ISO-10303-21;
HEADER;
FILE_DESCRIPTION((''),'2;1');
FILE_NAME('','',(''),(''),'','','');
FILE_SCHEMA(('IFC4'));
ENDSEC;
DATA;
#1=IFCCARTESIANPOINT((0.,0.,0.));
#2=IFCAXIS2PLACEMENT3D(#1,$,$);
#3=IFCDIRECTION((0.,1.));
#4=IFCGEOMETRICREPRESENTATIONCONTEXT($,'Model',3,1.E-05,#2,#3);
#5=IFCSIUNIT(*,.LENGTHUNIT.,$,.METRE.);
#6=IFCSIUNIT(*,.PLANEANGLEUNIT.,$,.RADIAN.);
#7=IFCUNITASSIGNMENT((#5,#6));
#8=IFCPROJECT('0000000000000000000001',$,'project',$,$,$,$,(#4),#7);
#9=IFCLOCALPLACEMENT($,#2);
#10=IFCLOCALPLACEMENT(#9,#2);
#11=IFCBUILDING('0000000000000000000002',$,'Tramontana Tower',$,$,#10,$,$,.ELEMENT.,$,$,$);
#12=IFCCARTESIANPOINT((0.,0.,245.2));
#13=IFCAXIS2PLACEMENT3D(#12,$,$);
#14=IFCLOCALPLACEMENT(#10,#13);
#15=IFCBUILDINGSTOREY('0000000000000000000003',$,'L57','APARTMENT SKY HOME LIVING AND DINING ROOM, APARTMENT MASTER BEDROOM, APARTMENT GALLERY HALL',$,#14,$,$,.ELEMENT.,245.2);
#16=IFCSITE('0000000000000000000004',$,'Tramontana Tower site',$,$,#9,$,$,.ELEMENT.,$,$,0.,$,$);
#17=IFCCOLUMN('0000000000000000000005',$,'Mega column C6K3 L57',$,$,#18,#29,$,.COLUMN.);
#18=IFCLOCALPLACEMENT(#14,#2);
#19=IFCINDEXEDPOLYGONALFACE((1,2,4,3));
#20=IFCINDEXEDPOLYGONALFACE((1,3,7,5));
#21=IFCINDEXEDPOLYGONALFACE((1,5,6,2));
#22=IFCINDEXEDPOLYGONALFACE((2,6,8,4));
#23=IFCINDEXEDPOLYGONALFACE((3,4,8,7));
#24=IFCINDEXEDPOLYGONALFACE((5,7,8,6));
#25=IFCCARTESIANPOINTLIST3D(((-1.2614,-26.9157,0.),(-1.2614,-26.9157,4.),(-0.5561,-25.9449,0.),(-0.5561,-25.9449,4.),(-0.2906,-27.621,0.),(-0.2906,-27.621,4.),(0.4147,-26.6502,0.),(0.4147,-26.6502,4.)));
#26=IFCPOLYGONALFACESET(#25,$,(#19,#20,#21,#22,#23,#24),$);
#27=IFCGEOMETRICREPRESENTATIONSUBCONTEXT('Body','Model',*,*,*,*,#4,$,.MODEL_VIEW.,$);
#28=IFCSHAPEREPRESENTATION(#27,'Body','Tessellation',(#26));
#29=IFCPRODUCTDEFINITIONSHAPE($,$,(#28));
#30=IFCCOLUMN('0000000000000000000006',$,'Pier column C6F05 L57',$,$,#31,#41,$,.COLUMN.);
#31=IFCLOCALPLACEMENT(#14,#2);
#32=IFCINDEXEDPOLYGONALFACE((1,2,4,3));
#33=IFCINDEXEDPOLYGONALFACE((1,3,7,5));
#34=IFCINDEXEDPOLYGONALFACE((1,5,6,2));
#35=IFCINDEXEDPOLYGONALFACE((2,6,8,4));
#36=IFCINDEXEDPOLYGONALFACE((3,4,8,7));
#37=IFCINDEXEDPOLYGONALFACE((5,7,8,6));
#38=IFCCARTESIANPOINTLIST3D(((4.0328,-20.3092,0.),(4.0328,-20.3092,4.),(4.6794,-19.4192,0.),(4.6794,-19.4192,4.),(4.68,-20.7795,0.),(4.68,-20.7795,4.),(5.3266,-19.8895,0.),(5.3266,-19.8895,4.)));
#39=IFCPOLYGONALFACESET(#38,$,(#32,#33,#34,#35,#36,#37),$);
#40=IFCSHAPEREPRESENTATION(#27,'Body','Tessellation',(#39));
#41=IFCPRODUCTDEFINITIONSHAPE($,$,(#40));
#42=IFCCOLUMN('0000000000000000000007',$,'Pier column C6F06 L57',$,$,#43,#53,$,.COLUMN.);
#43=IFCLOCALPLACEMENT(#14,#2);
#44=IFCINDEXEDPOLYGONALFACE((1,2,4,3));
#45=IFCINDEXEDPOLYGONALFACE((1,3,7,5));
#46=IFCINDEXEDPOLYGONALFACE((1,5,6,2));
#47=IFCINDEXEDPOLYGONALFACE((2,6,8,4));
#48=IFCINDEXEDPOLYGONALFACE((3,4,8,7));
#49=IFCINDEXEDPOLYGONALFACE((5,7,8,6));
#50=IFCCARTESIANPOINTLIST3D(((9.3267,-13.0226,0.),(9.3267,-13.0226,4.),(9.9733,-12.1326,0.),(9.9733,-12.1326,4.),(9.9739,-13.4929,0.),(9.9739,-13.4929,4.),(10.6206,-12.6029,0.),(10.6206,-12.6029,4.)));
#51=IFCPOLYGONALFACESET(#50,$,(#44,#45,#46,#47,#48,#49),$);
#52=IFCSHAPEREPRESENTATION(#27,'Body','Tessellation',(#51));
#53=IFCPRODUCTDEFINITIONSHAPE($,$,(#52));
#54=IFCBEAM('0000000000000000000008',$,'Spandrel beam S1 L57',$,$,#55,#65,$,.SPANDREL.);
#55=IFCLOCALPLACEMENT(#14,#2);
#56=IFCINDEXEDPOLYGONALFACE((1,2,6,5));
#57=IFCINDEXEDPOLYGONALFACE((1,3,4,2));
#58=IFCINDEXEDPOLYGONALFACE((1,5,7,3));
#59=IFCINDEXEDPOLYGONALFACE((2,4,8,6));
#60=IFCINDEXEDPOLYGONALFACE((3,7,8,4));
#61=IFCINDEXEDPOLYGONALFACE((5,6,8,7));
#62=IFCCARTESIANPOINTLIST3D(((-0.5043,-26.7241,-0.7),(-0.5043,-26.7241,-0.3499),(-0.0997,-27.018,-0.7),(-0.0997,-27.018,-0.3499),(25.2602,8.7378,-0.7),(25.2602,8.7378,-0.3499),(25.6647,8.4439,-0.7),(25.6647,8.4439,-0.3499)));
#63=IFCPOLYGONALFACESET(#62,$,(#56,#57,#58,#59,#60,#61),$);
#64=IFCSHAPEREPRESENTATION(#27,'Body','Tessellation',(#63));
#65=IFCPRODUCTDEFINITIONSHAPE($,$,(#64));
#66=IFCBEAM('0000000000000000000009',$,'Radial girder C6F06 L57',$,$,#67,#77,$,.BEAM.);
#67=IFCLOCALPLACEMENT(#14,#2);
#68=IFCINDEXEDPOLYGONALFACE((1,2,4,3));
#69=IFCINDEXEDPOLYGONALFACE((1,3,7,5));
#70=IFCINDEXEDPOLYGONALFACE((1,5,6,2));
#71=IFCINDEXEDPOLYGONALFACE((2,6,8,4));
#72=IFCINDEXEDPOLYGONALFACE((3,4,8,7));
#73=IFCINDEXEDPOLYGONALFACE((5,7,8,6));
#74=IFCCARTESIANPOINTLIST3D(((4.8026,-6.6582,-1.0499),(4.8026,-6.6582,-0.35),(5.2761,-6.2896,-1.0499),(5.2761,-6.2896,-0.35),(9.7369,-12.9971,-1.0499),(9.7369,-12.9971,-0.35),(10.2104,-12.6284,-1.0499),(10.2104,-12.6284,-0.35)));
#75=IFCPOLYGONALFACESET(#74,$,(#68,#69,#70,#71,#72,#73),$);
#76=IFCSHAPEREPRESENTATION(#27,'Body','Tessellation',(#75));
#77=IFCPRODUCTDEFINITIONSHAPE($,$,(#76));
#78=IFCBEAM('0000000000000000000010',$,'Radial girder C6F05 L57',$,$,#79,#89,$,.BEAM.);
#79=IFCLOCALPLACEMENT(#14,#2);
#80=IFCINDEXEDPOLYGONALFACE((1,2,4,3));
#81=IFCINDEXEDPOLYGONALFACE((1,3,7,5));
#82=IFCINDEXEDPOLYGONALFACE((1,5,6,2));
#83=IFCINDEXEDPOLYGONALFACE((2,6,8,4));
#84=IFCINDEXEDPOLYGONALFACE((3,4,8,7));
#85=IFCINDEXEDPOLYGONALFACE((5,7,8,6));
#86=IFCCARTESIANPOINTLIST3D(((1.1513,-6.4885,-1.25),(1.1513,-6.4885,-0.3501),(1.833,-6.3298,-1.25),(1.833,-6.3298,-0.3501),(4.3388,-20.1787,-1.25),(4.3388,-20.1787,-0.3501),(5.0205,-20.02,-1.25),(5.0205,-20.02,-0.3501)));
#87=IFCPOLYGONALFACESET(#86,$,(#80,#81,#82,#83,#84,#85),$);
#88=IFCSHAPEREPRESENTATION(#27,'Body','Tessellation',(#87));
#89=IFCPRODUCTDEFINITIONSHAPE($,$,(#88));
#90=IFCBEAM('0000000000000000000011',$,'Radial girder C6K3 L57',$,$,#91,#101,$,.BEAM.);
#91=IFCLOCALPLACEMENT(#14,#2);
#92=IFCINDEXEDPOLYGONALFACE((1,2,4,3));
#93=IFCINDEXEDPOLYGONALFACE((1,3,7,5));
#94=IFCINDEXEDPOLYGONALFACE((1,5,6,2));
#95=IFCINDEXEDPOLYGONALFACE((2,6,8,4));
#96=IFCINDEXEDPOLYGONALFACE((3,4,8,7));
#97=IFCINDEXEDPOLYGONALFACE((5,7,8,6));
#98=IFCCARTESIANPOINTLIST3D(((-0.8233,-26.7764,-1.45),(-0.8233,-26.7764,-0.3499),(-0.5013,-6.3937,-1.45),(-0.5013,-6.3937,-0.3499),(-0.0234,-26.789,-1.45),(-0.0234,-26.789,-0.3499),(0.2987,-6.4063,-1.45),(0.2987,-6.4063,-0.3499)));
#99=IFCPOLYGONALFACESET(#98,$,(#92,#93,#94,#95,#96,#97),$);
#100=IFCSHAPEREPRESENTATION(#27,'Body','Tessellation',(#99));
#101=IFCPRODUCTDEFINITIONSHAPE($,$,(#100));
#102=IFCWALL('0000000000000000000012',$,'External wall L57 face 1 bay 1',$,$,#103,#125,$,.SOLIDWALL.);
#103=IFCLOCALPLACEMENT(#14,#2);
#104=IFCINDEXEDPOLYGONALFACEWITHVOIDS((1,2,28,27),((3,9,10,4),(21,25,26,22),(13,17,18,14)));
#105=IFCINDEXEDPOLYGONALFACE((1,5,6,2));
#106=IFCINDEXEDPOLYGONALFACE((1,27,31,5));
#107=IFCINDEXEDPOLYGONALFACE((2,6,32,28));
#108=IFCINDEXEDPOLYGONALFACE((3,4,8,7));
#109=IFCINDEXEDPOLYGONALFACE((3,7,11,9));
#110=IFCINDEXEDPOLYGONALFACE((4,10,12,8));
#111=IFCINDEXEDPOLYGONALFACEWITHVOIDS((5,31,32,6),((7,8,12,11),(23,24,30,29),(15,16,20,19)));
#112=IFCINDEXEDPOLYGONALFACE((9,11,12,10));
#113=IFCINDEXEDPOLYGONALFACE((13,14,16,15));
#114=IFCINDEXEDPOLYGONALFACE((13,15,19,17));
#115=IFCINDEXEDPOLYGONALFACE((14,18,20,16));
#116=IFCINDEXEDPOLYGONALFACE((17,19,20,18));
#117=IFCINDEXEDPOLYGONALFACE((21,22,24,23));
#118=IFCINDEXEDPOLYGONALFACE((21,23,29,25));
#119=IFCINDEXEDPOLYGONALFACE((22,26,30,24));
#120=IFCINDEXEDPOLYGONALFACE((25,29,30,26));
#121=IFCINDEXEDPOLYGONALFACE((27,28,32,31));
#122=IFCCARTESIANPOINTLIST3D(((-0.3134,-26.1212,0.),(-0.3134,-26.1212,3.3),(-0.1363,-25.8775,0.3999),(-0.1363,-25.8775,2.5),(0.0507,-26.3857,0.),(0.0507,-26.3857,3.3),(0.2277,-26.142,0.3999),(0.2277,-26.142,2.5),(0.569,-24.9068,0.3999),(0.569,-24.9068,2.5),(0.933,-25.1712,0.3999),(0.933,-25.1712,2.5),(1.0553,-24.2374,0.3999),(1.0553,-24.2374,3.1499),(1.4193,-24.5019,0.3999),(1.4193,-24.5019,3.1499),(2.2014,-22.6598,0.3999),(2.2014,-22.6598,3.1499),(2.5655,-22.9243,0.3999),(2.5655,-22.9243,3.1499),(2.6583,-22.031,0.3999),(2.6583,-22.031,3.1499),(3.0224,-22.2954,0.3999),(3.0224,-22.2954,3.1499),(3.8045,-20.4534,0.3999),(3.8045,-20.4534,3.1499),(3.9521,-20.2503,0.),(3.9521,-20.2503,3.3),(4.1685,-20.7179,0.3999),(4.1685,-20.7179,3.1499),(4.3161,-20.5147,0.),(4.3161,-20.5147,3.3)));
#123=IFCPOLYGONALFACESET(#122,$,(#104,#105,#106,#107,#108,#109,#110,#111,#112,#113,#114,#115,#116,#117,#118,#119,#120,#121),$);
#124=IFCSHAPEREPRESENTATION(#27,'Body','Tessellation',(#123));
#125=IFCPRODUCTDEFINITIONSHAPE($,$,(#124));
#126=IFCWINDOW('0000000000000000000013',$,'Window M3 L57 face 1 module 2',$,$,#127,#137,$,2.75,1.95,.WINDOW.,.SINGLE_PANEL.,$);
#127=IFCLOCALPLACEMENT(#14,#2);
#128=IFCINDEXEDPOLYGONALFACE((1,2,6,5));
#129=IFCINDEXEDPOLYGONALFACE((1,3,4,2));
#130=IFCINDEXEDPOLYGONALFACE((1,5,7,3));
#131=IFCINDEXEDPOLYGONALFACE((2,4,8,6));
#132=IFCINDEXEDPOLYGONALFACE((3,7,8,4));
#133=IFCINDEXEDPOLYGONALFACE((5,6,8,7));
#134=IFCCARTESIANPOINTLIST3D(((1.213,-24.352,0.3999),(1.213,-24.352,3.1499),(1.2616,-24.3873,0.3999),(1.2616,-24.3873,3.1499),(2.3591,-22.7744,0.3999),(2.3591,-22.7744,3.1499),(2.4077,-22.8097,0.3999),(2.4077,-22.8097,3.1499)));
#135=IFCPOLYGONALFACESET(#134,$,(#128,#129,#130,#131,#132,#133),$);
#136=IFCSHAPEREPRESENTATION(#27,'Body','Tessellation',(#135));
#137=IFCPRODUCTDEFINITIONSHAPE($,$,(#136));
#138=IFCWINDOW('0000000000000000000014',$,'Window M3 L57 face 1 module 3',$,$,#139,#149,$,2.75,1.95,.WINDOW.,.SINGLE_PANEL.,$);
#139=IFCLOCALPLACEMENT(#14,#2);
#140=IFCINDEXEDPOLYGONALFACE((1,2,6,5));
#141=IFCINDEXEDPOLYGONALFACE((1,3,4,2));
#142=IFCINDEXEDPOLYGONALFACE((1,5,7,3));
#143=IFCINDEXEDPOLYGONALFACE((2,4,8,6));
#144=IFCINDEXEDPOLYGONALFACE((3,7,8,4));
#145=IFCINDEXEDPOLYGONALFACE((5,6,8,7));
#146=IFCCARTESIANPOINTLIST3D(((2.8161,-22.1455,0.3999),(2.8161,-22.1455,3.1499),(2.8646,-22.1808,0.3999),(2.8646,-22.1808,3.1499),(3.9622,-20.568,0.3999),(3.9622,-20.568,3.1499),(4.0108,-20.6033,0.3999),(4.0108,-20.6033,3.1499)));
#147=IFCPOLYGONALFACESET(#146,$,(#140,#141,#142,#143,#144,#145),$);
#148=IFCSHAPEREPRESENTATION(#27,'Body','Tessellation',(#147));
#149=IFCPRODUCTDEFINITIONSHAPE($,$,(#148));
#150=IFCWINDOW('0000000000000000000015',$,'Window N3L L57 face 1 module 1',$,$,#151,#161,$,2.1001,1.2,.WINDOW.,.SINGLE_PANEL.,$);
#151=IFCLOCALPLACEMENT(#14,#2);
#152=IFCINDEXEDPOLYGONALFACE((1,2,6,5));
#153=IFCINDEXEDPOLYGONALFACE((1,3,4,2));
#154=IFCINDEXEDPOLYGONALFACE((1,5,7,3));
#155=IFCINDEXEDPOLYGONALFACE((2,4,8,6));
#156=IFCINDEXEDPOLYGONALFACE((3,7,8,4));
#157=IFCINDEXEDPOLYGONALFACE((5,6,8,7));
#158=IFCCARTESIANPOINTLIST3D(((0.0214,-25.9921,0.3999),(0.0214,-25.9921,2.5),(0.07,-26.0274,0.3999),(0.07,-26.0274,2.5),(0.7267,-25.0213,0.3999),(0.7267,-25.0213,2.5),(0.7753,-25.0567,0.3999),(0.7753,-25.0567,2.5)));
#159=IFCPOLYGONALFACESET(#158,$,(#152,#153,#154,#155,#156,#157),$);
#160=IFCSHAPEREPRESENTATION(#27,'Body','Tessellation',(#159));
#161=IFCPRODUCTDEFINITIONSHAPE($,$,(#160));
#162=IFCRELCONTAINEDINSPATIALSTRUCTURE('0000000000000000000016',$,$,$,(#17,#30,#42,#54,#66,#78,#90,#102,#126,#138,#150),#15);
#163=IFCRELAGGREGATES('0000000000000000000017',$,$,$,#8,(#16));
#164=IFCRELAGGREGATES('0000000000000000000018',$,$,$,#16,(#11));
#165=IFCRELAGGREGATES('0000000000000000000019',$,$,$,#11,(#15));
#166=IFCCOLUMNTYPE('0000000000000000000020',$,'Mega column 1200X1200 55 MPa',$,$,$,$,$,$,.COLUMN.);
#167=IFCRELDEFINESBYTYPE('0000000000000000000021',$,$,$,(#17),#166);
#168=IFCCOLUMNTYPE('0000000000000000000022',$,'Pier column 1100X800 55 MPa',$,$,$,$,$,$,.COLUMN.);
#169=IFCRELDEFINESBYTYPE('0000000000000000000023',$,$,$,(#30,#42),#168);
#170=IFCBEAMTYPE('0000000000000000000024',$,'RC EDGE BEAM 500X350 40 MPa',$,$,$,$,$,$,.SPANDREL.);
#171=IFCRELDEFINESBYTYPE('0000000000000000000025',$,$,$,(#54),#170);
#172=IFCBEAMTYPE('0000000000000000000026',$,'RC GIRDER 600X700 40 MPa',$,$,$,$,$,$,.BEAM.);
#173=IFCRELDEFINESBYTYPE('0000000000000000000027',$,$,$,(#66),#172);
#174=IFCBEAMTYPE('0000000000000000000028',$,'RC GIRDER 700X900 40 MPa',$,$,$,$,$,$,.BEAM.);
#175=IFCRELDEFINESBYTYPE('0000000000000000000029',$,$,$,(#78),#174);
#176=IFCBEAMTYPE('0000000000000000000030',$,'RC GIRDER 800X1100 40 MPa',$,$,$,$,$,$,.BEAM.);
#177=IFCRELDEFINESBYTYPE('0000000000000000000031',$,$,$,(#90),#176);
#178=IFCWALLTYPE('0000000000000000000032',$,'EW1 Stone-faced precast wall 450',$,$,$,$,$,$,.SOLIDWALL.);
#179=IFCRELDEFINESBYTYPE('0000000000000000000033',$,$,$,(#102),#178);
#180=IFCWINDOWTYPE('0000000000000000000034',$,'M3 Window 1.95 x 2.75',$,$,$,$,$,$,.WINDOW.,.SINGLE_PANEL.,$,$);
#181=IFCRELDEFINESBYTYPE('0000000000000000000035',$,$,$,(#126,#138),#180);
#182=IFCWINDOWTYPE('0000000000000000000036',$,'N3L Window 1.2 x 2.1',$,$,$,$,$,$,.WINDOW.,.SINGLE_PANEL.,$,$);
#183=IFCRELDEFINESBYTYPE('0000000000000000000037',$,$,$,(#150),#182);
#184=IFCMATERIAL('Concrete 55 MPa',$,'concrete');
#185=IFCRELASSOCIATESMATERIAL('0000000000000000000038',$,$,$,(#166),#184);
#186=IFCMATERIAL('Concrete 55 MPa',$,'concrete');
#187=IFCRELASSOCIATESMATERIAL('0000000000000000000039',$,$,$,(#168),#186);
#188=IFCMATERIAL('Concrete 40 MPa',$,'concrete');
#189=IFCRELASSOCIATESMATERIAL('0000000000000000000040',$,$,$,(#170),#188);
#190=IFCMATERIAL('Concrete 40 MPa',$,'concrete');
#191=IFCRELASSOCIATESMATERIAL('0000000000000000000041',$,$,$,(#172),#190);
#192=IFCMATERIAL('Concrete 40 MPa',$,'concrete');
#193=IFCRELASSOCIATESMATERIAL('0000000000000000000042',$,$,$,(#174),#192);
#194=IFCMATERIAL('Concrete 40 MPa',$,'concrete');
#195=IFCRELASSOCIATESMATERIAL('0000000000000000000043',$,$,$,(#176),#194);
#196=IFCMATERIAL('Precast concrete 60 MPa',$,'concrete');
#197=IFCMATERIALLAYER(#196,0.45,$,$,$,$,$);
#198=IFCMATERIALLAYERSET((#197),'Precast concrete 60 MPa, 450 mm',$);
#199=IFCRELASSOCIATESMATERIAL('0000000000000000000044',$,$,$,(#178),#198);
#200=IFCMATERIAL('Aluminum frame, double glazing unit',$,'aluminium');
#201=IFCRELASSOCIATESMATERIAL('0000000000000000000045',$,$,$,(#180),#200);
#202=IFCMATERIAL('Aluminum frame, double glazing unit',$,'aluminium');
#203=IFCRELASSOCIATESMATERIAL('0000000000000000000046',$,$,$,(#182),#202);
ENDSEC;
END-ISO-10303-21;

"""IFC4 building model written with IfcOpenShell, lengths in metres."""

from ifc_helpers import new_model, si_unit, direction, frame, frame_2d, origin, origin_2d, place, context, subcontext, project, spatial, rectangle, extrude, material, layer, layer_set, material_profile, profile_set, type_object, element, fill, save


model = new_model("IFC4")

# Units and contexts
model_context = context("Model", 3, precision=1e-05, world=origin(), true_north=direction((0.0, 1.0)))
body_context = subcontext(model_context, "Body", "Model", "MODEL_VIEW")
ifc_project = project(units=[si_unit("LENGTHUNIT", "METRE"), si_unit("PLANEANGLEUNIT", "RADIAN")], contexts=[model_context])

# Site, building, storey
site_placement = place(None, origin())
site = spatial("IfcSite", under=ifc_project, at=site_placement, Name="Tramontana Tower site", CompositionType="ELEMENT", RefElevation=0.0)
building_placement = place(site_placement, origin())
building = spatial("IfcBuilding", under=site, at=building_placement, Name="Tramontana Tower", CompositionType="ELEMENT")
storey_placement = place(building_placement, frame((0.0, 0.0, 245.2)))
storey = spatial("IfcBuildingStorey", under=building, at=storey_placement, Name="L57", Description="APARTMENT SKY HOME LIVING AND DINING ROOM, APARTMENT MASTER BEDROOM, APARTMENT GALLERY HALL", CompositionType="ELEMENT", Elevation=245.2)

# Columns
ifc_material_1 = material(Name="Concrete 55 MPa", Category="concrete")
ifc_material_profile_1 = material_profile(ifc_material_1, rectangle(XDim=1.2, YDim=1.2, at=origin_2d()), Name="Mega column 1200X1200 55 MPa")
ifc_profile_set_1 = profile_set([ifc_material_profile_1], Name="Concrete 55 MPa")
column_type_1 = type_object("IfcColumnType", Name="Mega column 1200X1200 55 MPa", PredefinedType="COLUMN", material=ifc_profile_set_1)
column_placement = place(storey_placement, frame((-0.4233, -26.783, 0.0), z_axis=(0.0, 0.0, 1.0), x_axis=(0.587785, 0.809017, 0.0)))
element("IfcColumn", 1, at=column_placement, inside=storey, type_object=column_type_1, Name="Mega column C6K3 L57", PredefinedType="COLUMN", context=body_context, shape_type="SweptSolid", body=[
    extrude(rectangle(XDim=1.2, YDim=1.2, at=origin_2d()), origin(), (0.0, 0.0, 1.0), 4.0),
])
ifc_material_2 = material(Name="Concrete 55 MPa", Category="concrete")
ifc_material_profile_2 = material_profile(ifc_material_2, rectangle(XDim=1.1001, YDim=0.8, at=origin_2d()), Name="Pier column 1100X800 55 MPa")
ifc_profile_set_2 = profile_set([ifc_material_profile_2], Name="Concrete 55 MPa")
column_type_2 = type_object("IfcColumnType", Name="Pier column 1100X800 55 MPa", PredefinedType="COLUMN", material=ifc_profile_set_2)
for number, where, z_axis, x_axis, name in (
    (2, (4.6797, -20.0994, 0.0), (0.0, 0.0, 1.0), (0.587785, 0.809017, 0.0), "Pier column C6F05 L57"),
    (3, (9.9736, -12.8127, 0.0), (0.0, 0.0, 1.0), (0.587785, 0.809017, 0.0), "Pier column C6F06 L57"),
):
    element("IfcColumn", number, at=place(storey_placement, frame(where, z_axis=z_axis, x_axis=x_axis)), inside=storey, type_object=column_type_2, Name=name, PredefinedType="COLUMN", context=body_context, shape_type="SweptSolid", body=[
        extrude(rectangle(XDim=1.1001, YDim=0.8, at=origin_2d()), origin(), (0.0, 0.0, 1.0), 4.0),
    ])

# Beams
ifc_material_3 = material(Name="Concrete 40 MPa", Category="concrete")
ifc_material_profile_3 = material_profile(ifc_material_3, rectangle(XDim=0.5, YDim=0.3501, at=origin_2d()), Name="RC EDGE BEAM 500X350 40 MPa")
ifc_profile_set_3 = profile_set([ifc_material_profile_3], Name="Concrete 40 MPa")
beam_type_1 = type_object("IfcBeamType", Name="RC EDGE BEAM 500X350 40 MPa", PredefinedType="SPANDREL", material=ifc_profile_set_3)
beam_1_placement = place(storey_placement, frame((-0.302, -26.8711, -0.5249), z_axis=(0.587782, 0.809019, 0.0), x_axis=(-0.809019, 0.587782, 0.0)))
element("IfcBeam", 4, at=beam_1_placement, inside=storey, type_object=beam_type_1, Name="Spandrel beam S1 L57", PredefinedType="SPANDREL", context=body_context, shape_type="SweptSolid", body=[
    extrude(rectangle(XDim=0.5, YDim=0.3501, at=origin_2d()), origin(), (0.0, 0.0, 1.0), 43.8333),
])
ifc_material_4 = material(Name="Concrete 40 MPa", Category="concrete")
ifc_material_profile_4 = material_profile(ifc_material_4, rectangle(XDim=0.6001, YDim=0.7, at=origin_2d()), Name="RC GIRDER 600X700 40 MPa")
ifc_profile_set_4 = profile_set([ifc_material_profile_4], Name="Concrete 40 MPa")
beam_type_2 = type_object("IfcBeamType", Name="RC GIRDER 600X700 40 MPa", PredefinedType="BEAM", material=ifc_profile_set_4)
beam_2_placement = place(storey_placement, frame((9.9736, -12.8127, -0.7), z_axis=(-0.614258, 0.789105, 0.0), x_axis=(-0.789105, -0.614258, 0.0)))
element("IfcBeam", 5, at=beam_2_placement, inside=storey, type_object=beam_type_2, Name="Radial girder C6F06 L57", PredefinedType="BEAM", context=body_context, shape_type="SweptSolid", body=[
    extrude(rectangle(XDim=0.6001, YDim=0.7, at=origin_2d()), origin(), (0.0, 0.0, 1.0), 8.033),
])
ifc_material_5 = material(Name="Concrete 40 MPa", Category="concrete")
ifc_material_profile_5 = material_profile(ifc_material_5, rectangle(XDim=0.7, YDim=0.8999, at=origin_2d()), Name="RC GIRDER 700X900 40 MPa")
ifc_profile_set_5 = profile_set([ifc_material_profile_5], Name="Concrete 40 MPa")
beam_type_3 = type_object("IfcBeamType", Name="RC GIRDER 700X900 40 MPa", PredefinedType="BEAM", material=ifc_profile_set_5)
beam_3_placement = place(storey_placement, frame((4.6797, -20.0994, -0.8), z_axis=(-0.226766, 0.973949, 0.0), x_axis=(-0.973949, -0.226766, 0.0)))
element("IfcBeam", 6, at=beam_3_placement, inside=storey, type_object=beam_type_3, Name="Radial girder C6F05 L57", PredefinedType="BEAM", context=body_context, shape_type="SweptSolid", body=[
    extrude(rectangle(XDim=0.7, YDim=0.8999, at=origin_2d()), origin(), (0.0, 0.0, 1.0), 14.0564),
])
ifc_material_6 = material(Name="Concrete 40 MPa", Category="concrete")
ifc_material_profile_6 = material_profile(ifc_material_6, rectangle(XDim=0.8, YDim=1.1001, at=origin_2d()), Name="RC GIRDER 800X1100 40 MPa")
ifc_profile_set_6 = profile_set([ifc_material_profile_6], Name="Concrete 40 MPa")
beam_type_4 = type_object("IfcBeamType", Name="RC GIRDER 800X1100 40 MPa", PredefinedType="BEAM", material=ifc_profile_set_6)
beam_4_placement = place(storey_placement, frame((-0.4233, -26.7827, -0.8999), z_axis=(0.015797, 0.999875, 0.0), x_axis=(-0.999875, 0.015797, 0.0)))
element("IfcBeam", 7, at=beam_4_placement, inside=storey, type_object=beam_type_4, Name="Radial girder C6K3 L57", PredefinedType="BEAM", context=body_context, shape_type="SweptSolid", body=[
    extrude(rectangle(XDim=0.8, YDim=1.1001, at=origin_2d()), origin(), (0.0, 0.0, 1.0), 20.3853),
])

# Wall, openings, windows
ifc_material_7 = material(Name="Precast concrete 60 MPa", Category="concrete")
ifc_layer_1 = layer(ifc_material_7, 0.45)
ifc_layer_set_1 = layer_set([ifc_layer_1], Name="Precast concrete 60 MPa, 450 mm")
wall_type_1 = type_object("IfcWallType", Name="EW1 Stone-faced precast wall 450", PredefinedType="SOLIDWALL", material=ifc_layer_set_1)
wall_1_placement = place(storey_placement, frame((-0.1313, -26.2534, 0.0), z_axis=(0.0, 0.0, 1.0), x_axis=(0.587782, 0.80902, 0.0)))
wall_1 = element("IfcWall", 8, at=wall_1_placement, inside=storey, type_object=wall_type_1, Name="External wall L57 face 1 bay 1", PredefinedType="SOLIDWALL", context=body_context, shape_type="SweptSolid", body=[
    extrude(rectangle(XDim=7.2568, YDim=0.45, at=frame_2d((3.6284, 0.0))), origin(), (0.0, 0.0, 1.0), 3.3),
])
opening_1_placement = place(wall_1_placement, frame((0.301, 0.0, 0.3999)))
opening_1 = element("IfcOpeningElement", 9, at=opening_1_placement, cuts=wall_1, PredefinedType="OPENING", context=body_context, shape_type="SweptSolid", body=[
    extrude(rectangle(XDim=1.2, YDim=2.1001, at=frame_2d((0.6001, 1.05))), frame((0.0, 0.2349, 0.0), z_axis=(0.0, -1.0, 0.0), x_axis=(1.0, 0.0, 0.0)), (0.0, 0.0, 1.0), 0.47),
])
opening_2_placement = place(wall_1_placement, frame((2.3284, 0.0, 0.3999)))
opening_2 = element("IfcOpeningElement", 10, at=opening_2_placement, cuts=wall_1, PredefinedType="OPENING", context=body_context, shape_type="SweptSolid", body=[
    extrude(rectangle(XDim=1.95, YDim=2.75, at=frame_2d((0.9751, 1.375))), frame((0.0, 0.2349, 0.0), z_axis=(0.0, -1.0, 0.0), x_axis=(1.0, 0.0, 0.0)), (0.0, 0.0, 1.0), 0.47),
])
opening_3_placement = place(wall_1_placement, frame((5.0557, 0.0, 0.3999)))
opening_3 = element("IfcOpeningElement", 11, at=opening_3_placement, cuts=wall_1, PredefinedType="OPENING", context=body_context, shape_type="SweptSolid", body=[
    extrude(rectangle(XDim=1.95, YDim=2.75, at=frame_2d((0.9751, 1.375))), frame((0.0, 0.2349, 0.0), z_axis=(0.0, -1.0, 0.0), x_axis=(1.0, 0.0, 0.0)), (0.0, 0.0, 1.0), 0.47),
])
ifc_material_8 = material(Name="Aluminum frame, double glazing unit", Category="aluminium")
window_type_1 = type_object("IfcWindowType", Name="M3 Window 1.95 x 2.75", PartitioningType="SINGLE_PANEL", PredefinedType="WINDOW", material=ifc_material_8)
window_1_placement = place(opening_2_placement, origin())
window_1 = element("IfcWindow", 12, at=window_1_placement, inside=storey, type_object=window_type_1, Name="Window M3 L57 face 1 module 2", OverallHeight=2.75, OverallWidth=1.95, PartitioningType="SINGLE_PANEL", PredefinedType="WINDOW", context=body_context, shape_type="SweptSolid", body=[
    extrude(rectangle(XDim=1.95, YDim=2.75, at=frame_2d((0.9751, 1.375))), frame((0.0, 0.03, 0.0), z_axis=(0.0, -1.0, 0.0), x_axis=(1.0, 0.0, 0.0)), (0.0, 0.0, 1.0), 0.0601),
])
fill(opening_2, window_1)
window_2_placement = place(opening_3_placement, origin())
window_2 = element("IfcWindow", 13, at=window_2_placement, inside=storey, type_object=window_type_1, Name="Window M3 L57 face 1 module 3", OverallHeight=2.75, OverallWidth=1.95, PartitioningType="SINGLE_PANEL", PredefinedType="WINDOW", context=body_context, shape_type="SweptSolid", body=[
    extrude(rectangle(XDim=1.95, YDim=2.75, at=frame_2d((0.9751, 1.375))), frame((0.0, 0.03, 0.0), z_axis=(0.0, -1.0, 0.0), x_axis=(1.0, 0.0, 0.0)), (0.0, 0.0, 1.0), 0.0601),
])
fill(opening_3, window_2)
ifc_material_9 = material(Name="Aluminum frame, double glazing unit", Category="aluminium")
window_type_2 = type_object("IfcWindowType", Name="N3L Window 1.2 x 2.1", PartitioningType="SINGLE_PANEL", PredefinedType="WINDOW", material=ifc_material_9)
window_3_placement = place(opening_1_placement, origin())
window_3 = element("IfcWindow", 14, at=window_3_placement, inside=storey, type_object=window_type_2, Name="Window N3L L57 face 1 module 1", OverallHeight=2.1001, OverallWidth=1.2, PartitioningType="SINGLE_PANEL", PredefinedType="WINDOW", context=body_context, shape_type="SweptSolid", body=[
    extrude(rectangle(XDim=1.2, YDim=2.1001, at=frame_2d((0.6001, 1.05))), frame((0.0, 0.03, 0.0), z_axis=(0.0, -1.0, 0.0), x_axis=(1.0, 0.0, 0.0)), (0.0, 0.0, 1.0), 0.0601),
])
fill(opening_1, window_3)

save(model, "model.ifc")
